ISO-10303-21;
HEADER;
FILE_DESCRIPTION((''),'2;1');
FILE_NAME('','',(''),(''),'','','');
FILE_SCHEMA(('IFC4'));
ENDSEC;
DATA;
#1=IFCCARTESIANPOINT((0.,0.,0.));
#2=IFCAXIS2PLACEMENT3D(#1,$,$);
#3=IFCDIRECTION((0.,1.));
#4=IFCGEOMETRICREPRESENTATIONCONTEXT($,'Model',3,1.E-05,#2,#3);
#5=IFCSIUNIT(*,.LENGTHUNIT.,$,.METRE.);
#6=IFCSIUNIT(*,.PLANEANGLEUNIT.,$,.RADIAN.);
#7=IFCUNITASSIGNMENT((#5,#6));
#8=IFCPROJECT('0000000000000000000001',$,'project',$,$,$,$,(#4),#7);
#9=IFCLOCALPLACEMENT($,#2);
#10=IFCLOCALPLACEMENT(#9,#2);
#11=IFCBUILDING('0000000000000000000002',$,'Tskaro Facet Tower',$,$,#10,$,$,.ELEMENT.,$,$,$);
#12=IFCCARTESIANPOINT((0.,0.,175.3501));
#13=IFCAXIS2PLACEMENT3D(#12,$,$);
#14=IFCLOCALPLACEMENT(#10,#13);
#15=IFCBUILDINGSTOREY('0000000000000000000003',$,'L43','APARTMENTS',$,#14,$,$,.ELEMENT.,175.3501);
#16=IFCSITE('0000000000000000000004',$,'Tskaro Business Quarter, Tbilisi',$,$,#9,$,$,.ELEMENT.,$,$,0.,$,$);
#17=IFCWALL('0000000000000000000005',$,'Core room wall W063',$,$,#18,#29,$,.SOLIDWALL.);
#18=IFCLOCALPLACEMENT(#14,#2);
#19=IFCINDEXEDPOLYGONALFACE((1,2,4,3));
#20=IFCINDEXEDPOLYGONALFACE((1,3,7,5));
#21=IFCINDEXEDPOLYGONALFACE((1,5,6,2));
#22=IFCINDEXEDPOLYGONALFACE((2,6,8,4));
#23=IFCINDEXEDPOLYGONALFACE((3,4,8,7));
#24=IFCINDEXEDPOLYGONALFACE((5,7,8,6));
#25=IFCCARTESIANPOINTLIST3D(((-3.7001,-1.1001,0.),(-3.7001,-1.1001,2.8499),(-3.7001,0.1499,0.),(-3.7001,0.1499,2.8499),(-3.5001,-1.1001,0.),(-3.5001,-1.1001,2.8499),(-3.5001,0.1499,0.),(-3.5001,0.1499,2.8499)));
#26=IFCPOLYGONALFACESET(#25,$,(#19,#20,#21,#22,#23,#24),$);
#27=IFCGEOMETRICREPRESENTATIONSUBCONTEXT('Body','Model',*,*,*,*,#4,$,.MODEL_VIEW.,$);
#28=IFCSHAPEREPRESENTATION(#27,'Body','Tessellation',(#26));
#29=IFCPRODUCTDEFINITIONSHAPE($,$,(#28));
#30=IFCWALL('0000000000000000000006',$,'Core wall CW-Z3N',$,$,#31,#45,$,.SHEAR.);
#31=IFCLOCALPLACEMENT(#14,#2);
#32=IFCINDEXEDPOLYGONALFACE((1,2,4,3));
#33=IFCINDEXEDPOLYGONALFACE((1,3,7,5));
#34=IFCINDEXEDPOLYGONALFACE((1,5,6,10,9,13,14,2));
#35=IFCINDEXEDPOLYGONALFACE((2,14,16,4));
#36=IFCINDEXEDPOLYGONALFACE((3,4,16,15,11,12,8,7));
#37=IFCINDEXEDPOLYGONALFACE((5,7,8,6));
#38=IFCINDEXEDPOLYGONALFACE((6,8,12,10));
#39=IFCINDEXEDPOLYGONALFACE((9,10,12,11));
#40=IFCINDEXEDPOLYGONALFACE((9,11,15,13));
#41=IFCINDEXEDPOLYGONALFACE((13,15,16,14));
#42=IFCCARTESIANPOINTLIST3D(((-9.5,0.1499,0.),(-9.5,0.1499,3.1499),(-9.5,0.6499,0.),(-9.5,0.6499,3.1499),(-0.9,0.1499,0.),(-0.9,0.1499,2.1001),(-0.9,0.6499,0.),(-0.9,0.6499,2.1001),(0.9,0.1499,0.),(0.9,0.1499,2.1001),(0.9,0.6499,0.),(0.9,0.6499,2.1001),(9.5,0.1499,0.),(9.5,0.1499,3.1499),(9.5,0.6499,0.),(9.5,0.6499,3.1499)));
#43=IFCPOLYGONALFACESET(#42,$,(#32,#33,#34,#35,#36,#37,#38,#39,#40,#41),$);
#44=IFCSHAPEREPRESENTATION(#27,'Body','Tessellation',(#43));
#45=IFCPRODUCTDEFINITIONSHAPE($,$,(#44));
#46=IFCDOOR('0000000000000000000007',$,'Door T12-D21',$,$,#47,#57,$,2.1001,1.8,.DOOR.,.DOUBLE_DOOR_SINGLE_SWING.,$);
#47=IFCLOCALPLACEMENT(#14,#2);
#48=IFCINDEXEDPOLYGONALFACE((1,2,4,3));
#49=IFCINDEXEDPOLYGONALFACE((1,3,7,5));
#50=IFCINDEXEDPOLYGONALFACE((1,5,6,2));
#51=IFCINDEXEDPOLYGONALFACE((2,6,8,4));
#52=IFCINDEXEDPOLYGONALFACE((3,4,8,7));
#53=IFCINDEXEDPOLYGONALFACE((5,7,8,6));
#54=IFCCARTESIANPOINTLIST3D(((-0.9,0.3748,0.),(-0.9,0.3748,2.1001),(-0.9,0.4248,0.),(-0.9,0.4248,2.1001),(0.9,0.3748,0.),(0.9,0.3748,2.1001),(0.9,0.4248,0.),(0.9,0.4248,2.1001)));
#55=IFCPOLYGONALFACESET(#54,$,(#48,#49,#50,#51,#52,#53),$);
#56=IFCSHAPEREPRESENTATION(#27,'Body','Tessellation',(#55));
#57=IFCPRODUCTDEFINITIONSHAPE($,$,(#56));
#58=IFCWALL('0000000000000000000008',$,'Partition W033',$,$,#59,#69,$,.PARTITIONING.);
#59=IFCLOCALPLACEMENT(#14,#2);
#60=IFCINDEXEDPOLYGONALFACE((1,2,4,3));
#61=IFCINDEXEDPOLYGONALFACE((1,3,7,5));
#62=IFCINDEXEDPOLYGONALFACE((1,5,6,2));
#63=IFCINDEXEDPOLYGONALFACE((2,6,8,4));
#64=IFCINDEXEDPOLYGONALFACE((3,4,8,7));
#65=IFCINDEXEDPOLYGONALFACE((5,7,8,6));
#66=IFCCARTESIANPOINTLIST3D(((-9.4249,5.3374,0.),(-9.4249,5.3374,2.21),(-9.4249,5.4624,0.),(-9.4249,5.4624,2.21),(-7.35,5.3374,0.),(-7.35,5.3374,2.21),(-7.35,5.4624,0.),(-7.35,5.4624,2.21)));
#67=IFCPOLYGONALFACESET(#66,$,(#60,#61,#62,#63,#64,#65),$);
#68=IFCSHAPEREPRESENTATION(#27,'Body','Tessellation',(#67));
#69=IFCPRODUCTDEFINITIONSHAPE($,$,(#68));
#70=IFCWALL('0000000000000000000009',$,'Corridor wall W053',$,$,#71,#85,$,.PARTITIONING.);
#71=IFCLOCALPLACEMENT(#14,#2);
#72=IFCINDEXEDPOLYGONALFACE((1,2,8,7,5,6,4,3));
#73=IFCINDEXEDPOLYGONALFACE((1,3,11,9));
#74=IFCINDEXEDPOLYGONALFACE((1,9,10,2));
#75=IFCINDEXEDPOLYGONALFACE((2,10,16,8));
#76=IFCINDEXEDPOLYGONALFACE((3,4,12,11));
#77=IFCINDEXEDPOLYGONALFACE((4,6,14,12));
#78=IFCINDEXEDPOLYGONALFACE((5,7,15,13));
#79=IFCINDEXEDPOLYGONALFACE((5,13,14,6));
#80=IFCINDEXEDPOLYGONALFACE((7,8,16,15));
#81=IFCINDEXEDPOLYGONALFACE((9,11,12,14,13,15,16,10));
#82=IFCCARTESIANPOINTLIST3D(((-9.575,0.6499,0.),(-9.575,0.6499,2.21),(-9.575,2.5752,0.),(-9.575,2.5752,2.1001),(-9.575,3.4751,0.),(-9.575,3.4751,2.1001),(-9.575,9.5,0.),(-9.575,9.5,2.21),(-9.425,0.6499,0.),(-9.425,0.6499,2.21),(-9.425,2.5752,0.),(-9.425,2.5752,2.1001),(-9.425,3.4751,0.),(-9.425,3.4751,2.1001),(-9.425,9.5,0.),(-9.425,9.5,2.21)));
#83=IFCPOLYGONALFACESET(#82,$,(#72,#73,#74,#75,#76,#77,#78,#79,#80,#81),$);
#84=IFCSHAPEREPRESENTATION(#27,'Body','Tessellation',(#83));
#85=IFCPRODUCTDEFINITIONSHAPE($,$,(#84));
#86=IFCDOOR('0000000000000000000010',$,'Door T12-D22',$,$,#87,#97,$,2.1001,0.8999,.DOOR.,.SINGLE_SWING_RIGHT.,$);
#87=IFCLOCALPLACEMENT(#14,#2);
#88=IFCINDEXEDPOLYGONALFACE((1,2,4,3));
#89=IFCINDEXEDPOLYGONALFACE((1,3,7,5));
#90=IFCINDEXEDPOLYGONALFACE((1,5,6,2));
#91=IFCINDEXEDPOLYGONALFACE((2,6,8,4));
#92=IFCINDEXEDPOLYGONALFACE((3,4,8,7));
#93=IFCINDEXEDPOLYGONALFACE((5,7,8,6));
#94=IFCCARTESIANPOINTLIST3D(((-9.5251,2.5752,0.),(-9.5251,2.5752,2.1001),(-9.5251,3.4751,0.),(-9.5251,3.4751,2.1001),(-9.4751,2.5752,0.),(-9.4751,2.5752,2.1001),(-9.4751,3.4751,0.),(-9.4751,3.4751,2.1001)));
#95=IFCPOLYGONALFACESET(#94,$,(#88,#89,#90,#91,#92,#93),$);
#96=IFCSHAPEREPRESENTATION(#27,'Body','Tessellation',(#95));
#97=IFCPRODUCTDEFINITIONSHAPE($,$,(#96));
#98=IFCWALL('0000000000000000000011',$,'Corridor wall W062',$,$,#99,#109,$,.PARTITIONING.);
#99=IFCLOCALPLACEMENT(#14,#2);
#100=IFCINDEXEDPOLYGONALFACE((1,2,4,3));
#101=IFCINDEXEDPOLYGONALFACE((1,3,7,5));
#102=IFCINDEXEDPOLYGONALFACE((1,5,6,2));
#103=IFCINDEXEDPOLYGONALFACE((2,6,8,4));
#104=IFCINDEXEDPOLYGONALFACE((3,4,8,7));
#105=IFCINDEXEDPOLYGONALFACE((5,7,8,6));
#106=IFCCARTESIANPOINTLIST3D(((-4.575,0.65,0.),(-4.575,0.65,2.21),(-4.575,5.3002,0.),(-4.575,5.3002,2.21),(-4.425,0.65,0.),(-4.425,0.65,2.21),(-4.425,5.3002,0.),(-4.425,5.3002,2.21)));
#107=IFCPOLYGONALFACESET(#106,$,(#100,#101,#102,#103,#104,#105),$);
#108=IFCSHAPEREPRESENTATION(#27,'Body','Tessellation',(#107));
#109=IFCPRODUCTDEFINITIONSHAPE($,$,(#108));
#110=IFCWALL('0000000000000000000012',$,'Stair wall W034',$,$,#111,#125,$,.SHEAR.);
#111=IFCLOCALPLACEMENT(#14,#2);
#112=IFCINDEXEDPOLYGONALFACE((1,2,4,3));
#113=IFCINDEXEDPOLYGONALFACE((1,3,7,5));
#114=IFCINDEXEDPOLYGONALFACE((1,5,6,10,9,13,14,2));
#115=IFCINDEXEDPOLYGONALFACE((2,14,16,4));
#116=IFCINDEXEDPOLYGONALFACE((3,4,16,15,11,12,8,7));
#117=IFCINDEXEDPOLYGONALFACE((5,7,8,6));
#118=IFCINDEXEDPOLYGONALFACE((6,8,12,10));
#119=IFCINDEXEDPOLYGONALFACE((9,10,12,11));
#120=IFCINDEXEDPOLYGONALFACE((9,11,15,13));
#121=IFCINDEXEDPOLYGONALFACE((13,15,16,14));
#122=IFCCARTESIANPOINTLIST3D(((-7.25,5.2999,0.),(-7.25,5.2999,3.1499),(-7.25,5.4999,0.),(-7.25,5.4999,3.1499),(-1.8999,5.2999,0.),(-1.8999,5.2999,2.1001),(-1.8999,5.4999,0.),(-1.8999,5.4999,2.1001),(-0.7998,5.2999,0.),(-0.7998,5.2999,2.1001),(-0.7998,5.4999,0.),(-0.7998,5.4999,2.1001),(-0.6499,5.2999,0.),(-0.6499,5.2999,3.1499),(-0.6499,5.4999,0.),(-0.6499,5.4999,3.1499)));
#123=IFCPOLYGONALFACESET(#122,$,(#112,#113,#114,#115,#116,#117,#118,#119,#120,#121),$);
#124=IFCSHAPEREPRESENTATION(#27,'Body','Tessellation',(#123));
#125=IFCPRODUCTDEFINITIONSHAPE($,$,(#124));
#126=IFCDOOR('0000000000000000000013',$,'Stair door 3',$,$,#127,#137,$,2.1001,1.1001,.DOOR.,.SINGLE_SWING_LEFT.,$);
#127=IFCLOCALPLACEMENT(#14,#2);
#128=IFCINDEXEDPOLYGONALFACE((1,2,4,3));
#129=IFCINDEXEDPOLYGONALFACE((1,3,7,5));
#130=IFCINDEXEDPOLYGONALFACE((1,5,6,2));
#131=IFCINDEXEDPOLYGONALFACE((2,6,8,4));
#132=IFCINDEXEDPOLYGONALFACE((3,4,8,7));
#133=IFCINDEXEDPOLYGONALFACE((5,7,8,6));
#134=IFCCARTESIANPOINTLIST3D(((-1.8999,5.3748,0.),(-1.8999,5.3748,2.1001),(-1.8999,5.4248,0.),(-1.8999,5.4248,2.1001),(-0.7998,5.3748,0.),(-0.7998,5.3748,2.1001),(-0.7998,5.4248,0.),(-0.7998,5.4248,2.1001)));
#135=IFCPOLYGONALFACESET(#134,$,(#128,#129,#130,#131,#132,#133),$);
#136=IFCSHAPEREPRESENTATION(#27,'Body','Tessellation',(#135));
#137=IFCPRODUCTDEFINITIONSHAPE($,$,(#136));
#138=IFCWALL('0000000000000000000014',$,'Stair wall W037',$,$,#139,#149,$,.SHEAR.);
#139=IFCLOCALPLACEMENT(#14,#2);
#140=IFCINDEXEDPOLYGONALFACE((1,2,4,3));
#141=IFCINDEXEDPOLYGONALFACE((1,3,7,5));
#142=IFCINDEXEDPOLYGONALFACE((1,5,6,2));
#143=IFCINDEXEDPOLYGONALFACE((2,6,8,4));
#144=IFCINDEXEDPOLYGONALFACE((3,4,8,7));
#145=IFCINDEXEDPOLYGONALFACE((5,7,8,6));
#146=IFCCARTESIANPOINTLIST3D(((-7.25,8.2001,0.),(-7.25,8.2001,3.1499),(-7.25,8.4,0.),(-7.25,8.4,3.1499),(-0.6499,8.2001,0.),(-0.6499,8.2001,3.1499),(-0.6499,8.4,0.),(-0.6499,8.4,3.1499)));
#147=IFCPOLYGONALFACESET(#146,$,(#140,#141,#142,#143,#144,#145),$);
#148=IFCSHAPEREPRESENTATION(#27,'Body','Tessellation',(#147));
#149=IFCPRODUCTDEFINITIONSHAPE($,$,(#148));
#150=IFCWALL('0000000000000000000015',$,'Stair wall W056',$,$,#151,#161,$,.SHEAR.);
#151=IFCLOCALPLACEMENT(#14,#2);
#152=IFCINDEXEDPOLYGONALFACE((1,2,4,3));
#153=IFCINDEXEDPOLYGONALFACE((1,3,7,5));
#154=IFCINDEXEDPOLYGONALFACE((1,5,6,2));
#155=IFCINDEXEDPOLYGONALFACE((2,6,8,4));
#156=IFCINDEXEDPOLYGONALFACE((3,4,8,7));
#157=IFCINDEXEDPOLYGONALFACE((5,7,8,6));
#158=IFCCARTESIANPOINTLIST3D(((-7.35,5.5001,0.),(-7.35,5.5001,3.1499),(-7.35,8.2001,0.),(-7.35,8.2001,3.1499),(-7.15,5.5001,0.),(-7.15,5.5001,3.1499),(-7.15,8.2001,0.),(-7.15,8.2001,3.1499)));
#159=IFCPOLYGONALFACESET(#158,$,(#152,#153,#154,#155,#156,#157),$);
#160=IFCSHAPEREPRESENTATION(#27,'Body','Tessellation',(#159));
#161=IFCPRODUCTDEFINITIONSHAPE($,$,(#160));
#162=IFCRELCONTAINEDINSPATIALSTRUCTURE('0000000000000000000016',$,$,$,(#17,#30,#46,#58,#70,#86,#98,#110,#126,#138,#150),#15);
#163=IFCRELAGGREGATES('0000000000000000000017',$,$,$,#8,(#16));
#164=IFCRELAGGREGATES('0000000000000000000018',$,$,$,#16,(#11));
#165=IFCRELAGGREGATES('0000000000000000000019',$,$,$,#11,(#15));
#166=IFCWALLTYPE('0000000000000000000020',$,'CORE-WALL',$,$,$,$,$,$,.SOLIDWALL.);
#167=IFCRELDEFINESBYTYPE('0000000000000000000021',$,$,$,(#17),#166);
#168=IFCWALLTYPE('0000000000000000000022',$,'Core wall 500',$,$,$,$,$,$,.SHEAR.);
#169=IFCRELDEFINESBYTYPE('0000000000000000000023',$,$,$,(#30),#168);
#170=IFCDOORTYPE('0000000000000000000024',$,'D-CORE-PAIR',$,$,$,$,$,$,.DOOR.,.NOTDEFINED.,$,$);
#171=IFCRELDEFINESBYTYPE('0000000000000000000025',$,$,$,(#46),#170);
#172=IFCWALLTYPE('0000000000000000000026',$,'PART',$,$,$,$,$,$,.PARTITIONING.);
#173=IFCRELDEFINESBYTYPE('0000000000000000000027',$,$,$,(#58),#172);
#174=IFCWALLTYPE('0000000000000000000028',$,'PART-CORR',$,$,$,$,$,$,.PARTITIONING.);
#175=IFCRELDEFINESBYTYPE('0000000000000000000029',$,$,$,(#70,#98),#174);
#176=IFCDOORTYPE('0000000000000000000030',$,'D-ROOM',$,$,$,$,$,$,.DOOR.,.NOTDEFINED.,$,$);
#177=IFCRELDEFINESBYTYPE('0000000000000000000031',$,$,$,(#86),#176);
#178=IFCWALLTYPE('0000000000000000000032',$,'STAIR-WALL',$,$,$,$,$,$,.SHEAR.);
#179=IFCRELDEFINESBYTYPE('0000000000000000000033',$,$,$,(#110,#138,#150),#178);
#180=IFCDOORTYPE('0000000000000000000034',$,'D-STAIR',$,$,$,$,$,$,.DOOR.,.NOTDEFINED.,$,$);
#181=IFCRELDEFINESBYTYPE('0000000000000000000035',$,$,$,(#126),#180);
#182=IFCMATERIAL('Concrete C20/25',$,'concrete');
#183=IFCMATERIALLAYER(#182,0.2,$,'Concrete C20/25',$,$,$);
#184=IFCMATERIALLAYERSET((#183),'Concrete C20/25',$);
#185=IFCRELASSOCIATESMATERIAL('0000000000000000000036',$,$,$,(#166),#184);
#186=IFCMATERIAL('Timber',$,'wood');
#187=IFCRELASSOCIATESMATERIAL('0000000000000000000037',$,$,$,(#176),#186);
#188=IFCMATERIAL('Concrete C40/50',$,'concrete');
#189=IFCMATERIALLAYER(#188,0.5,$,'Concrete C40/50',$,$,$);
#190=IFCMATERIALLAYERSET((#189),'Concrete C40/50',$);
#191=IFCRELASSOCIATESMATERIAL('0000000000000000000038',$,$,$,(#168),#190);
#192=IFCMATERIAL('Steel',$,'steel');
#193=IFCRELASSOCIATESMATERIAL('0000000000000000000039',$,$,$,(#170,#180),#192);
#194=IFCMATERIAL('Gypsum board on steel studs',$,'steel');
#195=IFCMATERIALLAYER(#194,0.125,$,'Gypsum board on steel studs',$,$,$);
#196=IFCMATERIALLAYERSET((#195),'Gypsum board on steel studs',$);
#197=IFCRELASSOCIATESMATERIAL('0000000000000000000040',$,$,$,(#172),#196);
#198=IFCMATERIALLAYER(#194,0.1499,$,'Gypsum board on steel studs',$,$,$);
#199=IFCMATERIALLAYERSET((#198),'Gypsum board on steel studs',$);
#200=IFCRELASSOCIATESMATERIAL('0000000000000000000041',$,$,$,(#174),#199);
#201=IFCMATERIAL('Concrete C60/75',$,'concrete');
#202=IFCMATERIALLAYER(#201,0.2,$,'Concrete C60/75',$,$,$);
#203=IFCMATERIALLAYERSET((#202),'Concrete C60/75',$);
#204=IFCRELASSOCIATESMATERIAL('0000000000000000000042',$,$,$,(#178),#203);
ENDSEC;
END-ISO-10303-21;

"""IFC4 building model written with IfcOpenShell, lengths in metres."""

from ifc_helpers import new_model, si_unit, direction, frame, frame_2d, origin, place, context, subcontext, project, spatial, rectangle, extrude, material, layer, layer_set, type_object, element, fill, save


model = new_model("IFC4")

# Units and contexts
model_context = context("Model", 3, precision=1e-05, world=origin(), true_north=direction((0.0, 1.0)))
body_context = subcontext(model_context, "Body", "Model", "MODEL_VIEW")
ifc_project = project(units=[si_unit("LENGTHUNIT", "METRE"), si_unit("PLANEANGLEUNIT", "RADIAN")], contexts=[model_context])

# Site, building, storey
site_placement = place(None, origin())
site = spatial("IfcSite", under=ifc_project, at=site_placement, Name="Tskaro Business Quarter, Tbilisi", CompositionType="ELEMENT", RefElevation=0.0)
building_placement = place(site_placement, origin())
building = spatial("IfcBuilding", under=site, at=building_placement, Name="Tskaro Facet Tower", CompositionType="ELEMENT")
storey_placement = place(building_placement, frame((0.0, 0.0, 175.3501)))
storey = spatial("IfcBuildingStorey", under=building, at=storey_placement, Name="L43", Description="APARTMENTS", CompositionType="ELEMENT", Elevation=175.3501)

# Shared definitions
ifc_material_1 = material(Name="Concrete C20/25", Category="concrete")
ifc_layer_1 = layer(ifc_material_1, 0.2, Name="Concrete C20/25")
ifc_layer_set_1 = layer_set([ifc_layer_1], Name="Concrete C20/25")
wall_type_1 = type_object("IfcWallType", Name="CORE-WALL", PredefinedType="SOLIDWALL", material=ifc_layer_set_1)
ifc_material_2 = material(Name="Timber", Category="wood")
door_type_1 = type_object("IfcDoorType", Name="D-ROOM", OperationType="NOTDEFINED", PredefinedType="DOOR", material=ifc_material_2)

# Wall
for number, where, z_axis, x_axis, name in (
    (1, (-3.6001, -1.1001, 0.0), (0.0, 0.0, 1.0), (0.0, 1.0, 0.0), "Core room wall W063"),
):
    element("IfcWall", number, at=place(storey_placement, frame(where, z_axis=z_axis, x_axis=x_axis)), inside=storey, type_object=wall_type_1, Name=name, PredefinedType="SOLIDWALL", context=body_context, shape_type="SweptSolid", body=[
        extrude(rectangle(XDim=1.25, YDim=0.2, at=frame_2d((0.625, 0.0))), origin(), (0.0, 0.0, 1.0), 2.8499),
    ])

# Wall, opening, door
ifc_material_3 = material(Name="Concrete C40/50", Category="concrete")
ifc_layer_2 = layer(ifc_material_3, 0.5, Name="Concrete C40/50")
ifc_layer_set_2 = layer_set([ifc_layer_2], Name="Concrete C40/50")
wall_type_2 = type_object("IfcWallType", Name="Core wall 500", PredefinedType="SHEAR", material=ifc_layer_set_2)
wall_1_placement = place(storey_placement, frame((-9.5, 0.3999, 0.0), z_axis=(0.0, 0.0, 1.0), x_axis=(1.0, 0.0, 0.0)))
wall_1 = element("IfcWall", 2, at=wall_1_placement, inside=storey, type_object=wall_type_2, Name="Core wall CW-Z3N", PredefinedType="SHEAR", context=body_context, shape_type="SweptSolid", body=[
    extrude(rectangle(XDim=19.0, YDim=0.5, at=frame_2d((9.5, 0.0))), origin(), (0.0, 0.0, 1.0), 3.1499),
])
opening_1_placement = place(wall_1_placement, frame((8.6001, 0.0, 0.0)))
opening_1 = element("IfcOpeningElement", 3, at=opening_1_placement, cuts=wall_1, PredefinedType="OPENING", context=body_context, shape_type="SweptSolid", body=[
    extrude(rectangle(XDim=1.8, YDim=2.1001, at=frame_2d((0.8999, 1.05))), frame((0.0, 0.26, 0.0), z_axis=(0.0, -1.0, 0.0), x_axis=(1.0, 0.0, 0.0)), (0.0, 0.0, 1.0), 0.52),
])
ifc_material_4 = material(Name="Steel", Category="steel")
door_type_2 = type_object("IfcDoorType", Name="D-CORE-PAIR", OperationType="NOTDEFINED", PredefinedType="DOOR", material=ifc_material_4)
door_1_placement = place(opening_1_placement, origin())
door_1 = element("IfcDoor", 4, at=door_1_placement, inside=storey, type_object=door_type_2, Name="Door T12-D21", OperationType="DOUBLE_DOOR_SINGLE_SWING", OverallHeight=2.1001, OverallWidth=1.8, PredefinedType="DOOR", context=body_context, shape_type="SweptSolid", body=[
    extrude(rectangle(XDim=1.8, YDim=2.1001, at=frame_2d((0.8999, 1.05))), frame((0.0, 0.0249, 0.0), z_axis=(0.0, -1.0, 0.0), x_axis=(1.0, 0.0, 0.0)), (0.0, 0.0, 1.0), 0.05),
])
fill(opening_1, door_1)

# Wall
ifc_material_5 = material(Name="Gypsum board on steel studs", Category="steel")
ifc_layer_3 = layer(ifc_material_5, 0.125, Name="Gypsum board on steel studs")
ifc_layer_set_3 = layer_set([ifc_layer_3], Name="Gypsum board on steel studs")
wall_type_3 = type_object("IfcWallType", Name="PART", PredefinedType="PARTITIONING", material=ifc_layer_set_3)
wall_2_placement = place(storey_placement, frame((-9.425, 5.3999, 0.0), z_axis=(0.0, 0.0, 1.0), x_axis=(1.0, 0.0, 0.0)))
element("IfcWall", 5, at=wall_2_placement, inside=storey, type_object=wall_type_3, Name="Partition W033", PredefinedType="PARTITIONING", context=body_context, shape_type="SweptSolid", body=[
    extrude(rectangle(XDim=2.075, YDim=0.125, at=frame_2d((1.0376, 0.0))), origin(), (0.0, 0.0, 1.0), 2.21),
])

# Wall, opening, door
ifc_layer_4 = layer(ifc_material_5, 0.1499, Name="Gypsum board on steel studs")
ifc_layer_set_4 = layer_set([ifc_layer_4], Name="Gypsum board on steel studs")
wall_type_4 = type_object("IfcWallType", Name="PART-CORR", PredefinedType="PARTITIONING", material=ifc_layer_set_4)
wall_3_placement = place(storey_placement, frame((-9.5, 9.5, 0.0), z_axis=(0.0, 0.0, 1.0), x_axis=(0.0, -1.0, 0.0)))
wall_3 = element("IfcWall", 6, at=wall_3_placement, inside=storey, type_object=wall_type_4, Name="Corridor wall W053", PredefinedType="PARTITIONING", context=body_context, shape_type="SweptSolid", body=[
    extrude(rectangle(XDim=8.8501, YDim=0.1499, at=frame_2d((4.425, 0.0))), origin(), (0.0, 0.0, 1.0), 2.21),
])
opening_2_placement = place(wall_3_placement, frame((6.0249, 0.0, 0.0)))
opening_2 = element("IfcOpeningElement", 7, at=opening_2_placement, cuts=wall_3, PredefinedType="OPENING", context=body_context, shape_type="SweptSolid", body=[
    extrude(rectangle(XDim=0.8999, YDim=2.1001, at=frame_2d((0.45, 1.05))), frame((0.0, 0.085, 0.0), z_axis=(0.0, -1.0, 0.0), x_axis=(1.0, 0.0, 0.0)), (0.0, 0.0, 1.0), 0.1699),
])
door_2_placement = place(opening_2_placement, origin())
door_2 = element("IfcDoor", 8, at=door_2_placement, inside=storey, type_object=door_type_1, Name="Door T12-D22", OperationType="SINGLE_SWING_RIGHT", OverallHeight=2.1001, OverallWidth=0.8999, PredefinedType="DOOR", context=body_context, shape_type="SweptSolid", body=[
    extrude(rectangle(XDim=0.8999, YDim=2.1001, at=frame_2d((0.45, 1.05))), frame((0.0, 0.0249, 0.0), z_axis=(0.0, -1.0, 0.0), x_axis=(1.0, 0.0, 0.0)), (0.0, 0.0, 1.0), 0.05),
])
fill(opening_2, door_2)

# Wall
wall_4_placement = place(storey_placement, frame((-4.5, 0.6499, 0.0), z_axis=(0.0, 0.0, 1.0), x_axis=(0.0, 1.0, 0.0)))
element("IfcWall", 9, at=wall_4_placement, inside=storey, type_object=wall_type_4, Name="Corridor wall W062", PredefinedType="PARTITIONING", context=body_context, shape_type="SweptSolid", body=[
    extrude(rectangle(XDim=4.6501, YDim=0.1499, at=frame_2d((2.3252, 0.0))), origin(), (0.0, 0.0, 1.0), 2.21),
])

# Wall, opening, door
ifc_material_6 = material(Name="Concrete C60/75", Category="concrete")
ifc_layer_5 = layer(ifc_material_6, 0.2, Name="Concrete C60/75")
ifc_layer_set_5 = layer_set([ifc_layer_5], Name="Concrete C60/75")
wall_type_5 = type_object("IfcWallType", Name="STAIR-WALL", PredefinedType="SHEAR", material=ifc_layer_set_5)
wall_5_placement = place(storey_placement, frame((-7.25, 5.3999, 0.0), z_axis=(0.0, 0.0, 1.0), x_axis=(1.0, 0.0, 0.0)))
wall_5 = element("IfcWall", 10, at=wall_5_placement, inside=storey, type_object=wall_type_5, Name="Stair wall W034", PredefinedType="SHEAR", context=body_context, shape_type="SweptSolid", body=[
    extrude(rectangle(XDim=6.6001, YDim=0.2, at=frame_2d((3.3, 0.0))), origin(), (0.0, 0.0, 1.0), 3.1499),
])
opening_3_placement = place(wall_5_placement, frame((5.3501, 0.0, 0.0)))
opening_3 = element("IfcOpeningElement", 11, at=opening_3_placement, cuts=wall_5, PredefinedType="OPENING", context=body_context, shape_type="SweptSolid", body=[
    extrude(rectangle(XDim=1.1001, YDim=2.1001, at=frame_2d((0.55, 1.05))), frame((0.0, 0.1099, 0.0), z_axis=(0.0, -1.0, 0.0), x_axis=(1.0, 0.0, 0.0)), (0.0, 0.0, 1.0), 0.22),
])
door_type_3 = type_object("IfcDoorType", Name="D-STAIR", OperationType="NOTDEFINED", PredefinedType="DOOR", material=ifc_material_4)
door_3_placement = place(opening_3_placement, origin())
door_3 = element("IfcDoor", 12, at=door_3_placement, inside=storey, type_object=door_type_3, Name="Stair door 3", OperationType="SINGLE_SWING_LEFT", OverallHeight=2.1001, OverallWidth=1.1001, PredefinedType="DOOR", context=body_context, shape_type="SweptSolid", body=[
    extrude(rectangle(XDim=1.1001, YDim=2.1001, at=frame_2d((0.55, 1.05))), frame((0.0, 0.0249, 0.0), z_axis=(0.0, -1.0, 0.0), x_axis=(1.0, 0.0, 0.0)), (0.0, 0.0, 1.0), 0.05),
])
fill(opening_3, door_3)

# Walls
wall_6_placement = place(storey_placement, frame((-7.25, 8.3, 0.0), z_axis=(0.0, 0.0, 1.0), x_axis=(1.0, 0.0, 0.0)))
element("IfcWall", 13, at=wall_6_placement, inside=storey, type_object=wall_type_5, Name="Stair wall W037", PredefinedType="SHEAR", context=body_context, shape_type="SweptSolid", body=[
    extrude(rectangle(XDim=6.6001, YDim=0.2, at=frame_2d((3.3, 0.0))), origin(), (0.0, 0.0, 1.0), 3.1499),
])
wall_7_placement = place(storey_placement, frame((-7.25, 5.5, 0.0), z_axis=(0.0, 0.0, 1.0), x_axis=(0.0, 1.0, 0.0)))
element("IfcWall", 14, at=wall_7_placement, inside=storey, type_object=wall_type_5, Name="Stair wall W056", PredefinedType="SHEAR", context=body_context, shape_type="SweptSolid", body=[
    extrude(rectangle(XDim=2.7, YDim=0.2, at=frame_2d((1.3501, 0.0))), origin(), (0.0, 0.0, 1.0), 3.1499),
])

save(model, "model.ifc")
